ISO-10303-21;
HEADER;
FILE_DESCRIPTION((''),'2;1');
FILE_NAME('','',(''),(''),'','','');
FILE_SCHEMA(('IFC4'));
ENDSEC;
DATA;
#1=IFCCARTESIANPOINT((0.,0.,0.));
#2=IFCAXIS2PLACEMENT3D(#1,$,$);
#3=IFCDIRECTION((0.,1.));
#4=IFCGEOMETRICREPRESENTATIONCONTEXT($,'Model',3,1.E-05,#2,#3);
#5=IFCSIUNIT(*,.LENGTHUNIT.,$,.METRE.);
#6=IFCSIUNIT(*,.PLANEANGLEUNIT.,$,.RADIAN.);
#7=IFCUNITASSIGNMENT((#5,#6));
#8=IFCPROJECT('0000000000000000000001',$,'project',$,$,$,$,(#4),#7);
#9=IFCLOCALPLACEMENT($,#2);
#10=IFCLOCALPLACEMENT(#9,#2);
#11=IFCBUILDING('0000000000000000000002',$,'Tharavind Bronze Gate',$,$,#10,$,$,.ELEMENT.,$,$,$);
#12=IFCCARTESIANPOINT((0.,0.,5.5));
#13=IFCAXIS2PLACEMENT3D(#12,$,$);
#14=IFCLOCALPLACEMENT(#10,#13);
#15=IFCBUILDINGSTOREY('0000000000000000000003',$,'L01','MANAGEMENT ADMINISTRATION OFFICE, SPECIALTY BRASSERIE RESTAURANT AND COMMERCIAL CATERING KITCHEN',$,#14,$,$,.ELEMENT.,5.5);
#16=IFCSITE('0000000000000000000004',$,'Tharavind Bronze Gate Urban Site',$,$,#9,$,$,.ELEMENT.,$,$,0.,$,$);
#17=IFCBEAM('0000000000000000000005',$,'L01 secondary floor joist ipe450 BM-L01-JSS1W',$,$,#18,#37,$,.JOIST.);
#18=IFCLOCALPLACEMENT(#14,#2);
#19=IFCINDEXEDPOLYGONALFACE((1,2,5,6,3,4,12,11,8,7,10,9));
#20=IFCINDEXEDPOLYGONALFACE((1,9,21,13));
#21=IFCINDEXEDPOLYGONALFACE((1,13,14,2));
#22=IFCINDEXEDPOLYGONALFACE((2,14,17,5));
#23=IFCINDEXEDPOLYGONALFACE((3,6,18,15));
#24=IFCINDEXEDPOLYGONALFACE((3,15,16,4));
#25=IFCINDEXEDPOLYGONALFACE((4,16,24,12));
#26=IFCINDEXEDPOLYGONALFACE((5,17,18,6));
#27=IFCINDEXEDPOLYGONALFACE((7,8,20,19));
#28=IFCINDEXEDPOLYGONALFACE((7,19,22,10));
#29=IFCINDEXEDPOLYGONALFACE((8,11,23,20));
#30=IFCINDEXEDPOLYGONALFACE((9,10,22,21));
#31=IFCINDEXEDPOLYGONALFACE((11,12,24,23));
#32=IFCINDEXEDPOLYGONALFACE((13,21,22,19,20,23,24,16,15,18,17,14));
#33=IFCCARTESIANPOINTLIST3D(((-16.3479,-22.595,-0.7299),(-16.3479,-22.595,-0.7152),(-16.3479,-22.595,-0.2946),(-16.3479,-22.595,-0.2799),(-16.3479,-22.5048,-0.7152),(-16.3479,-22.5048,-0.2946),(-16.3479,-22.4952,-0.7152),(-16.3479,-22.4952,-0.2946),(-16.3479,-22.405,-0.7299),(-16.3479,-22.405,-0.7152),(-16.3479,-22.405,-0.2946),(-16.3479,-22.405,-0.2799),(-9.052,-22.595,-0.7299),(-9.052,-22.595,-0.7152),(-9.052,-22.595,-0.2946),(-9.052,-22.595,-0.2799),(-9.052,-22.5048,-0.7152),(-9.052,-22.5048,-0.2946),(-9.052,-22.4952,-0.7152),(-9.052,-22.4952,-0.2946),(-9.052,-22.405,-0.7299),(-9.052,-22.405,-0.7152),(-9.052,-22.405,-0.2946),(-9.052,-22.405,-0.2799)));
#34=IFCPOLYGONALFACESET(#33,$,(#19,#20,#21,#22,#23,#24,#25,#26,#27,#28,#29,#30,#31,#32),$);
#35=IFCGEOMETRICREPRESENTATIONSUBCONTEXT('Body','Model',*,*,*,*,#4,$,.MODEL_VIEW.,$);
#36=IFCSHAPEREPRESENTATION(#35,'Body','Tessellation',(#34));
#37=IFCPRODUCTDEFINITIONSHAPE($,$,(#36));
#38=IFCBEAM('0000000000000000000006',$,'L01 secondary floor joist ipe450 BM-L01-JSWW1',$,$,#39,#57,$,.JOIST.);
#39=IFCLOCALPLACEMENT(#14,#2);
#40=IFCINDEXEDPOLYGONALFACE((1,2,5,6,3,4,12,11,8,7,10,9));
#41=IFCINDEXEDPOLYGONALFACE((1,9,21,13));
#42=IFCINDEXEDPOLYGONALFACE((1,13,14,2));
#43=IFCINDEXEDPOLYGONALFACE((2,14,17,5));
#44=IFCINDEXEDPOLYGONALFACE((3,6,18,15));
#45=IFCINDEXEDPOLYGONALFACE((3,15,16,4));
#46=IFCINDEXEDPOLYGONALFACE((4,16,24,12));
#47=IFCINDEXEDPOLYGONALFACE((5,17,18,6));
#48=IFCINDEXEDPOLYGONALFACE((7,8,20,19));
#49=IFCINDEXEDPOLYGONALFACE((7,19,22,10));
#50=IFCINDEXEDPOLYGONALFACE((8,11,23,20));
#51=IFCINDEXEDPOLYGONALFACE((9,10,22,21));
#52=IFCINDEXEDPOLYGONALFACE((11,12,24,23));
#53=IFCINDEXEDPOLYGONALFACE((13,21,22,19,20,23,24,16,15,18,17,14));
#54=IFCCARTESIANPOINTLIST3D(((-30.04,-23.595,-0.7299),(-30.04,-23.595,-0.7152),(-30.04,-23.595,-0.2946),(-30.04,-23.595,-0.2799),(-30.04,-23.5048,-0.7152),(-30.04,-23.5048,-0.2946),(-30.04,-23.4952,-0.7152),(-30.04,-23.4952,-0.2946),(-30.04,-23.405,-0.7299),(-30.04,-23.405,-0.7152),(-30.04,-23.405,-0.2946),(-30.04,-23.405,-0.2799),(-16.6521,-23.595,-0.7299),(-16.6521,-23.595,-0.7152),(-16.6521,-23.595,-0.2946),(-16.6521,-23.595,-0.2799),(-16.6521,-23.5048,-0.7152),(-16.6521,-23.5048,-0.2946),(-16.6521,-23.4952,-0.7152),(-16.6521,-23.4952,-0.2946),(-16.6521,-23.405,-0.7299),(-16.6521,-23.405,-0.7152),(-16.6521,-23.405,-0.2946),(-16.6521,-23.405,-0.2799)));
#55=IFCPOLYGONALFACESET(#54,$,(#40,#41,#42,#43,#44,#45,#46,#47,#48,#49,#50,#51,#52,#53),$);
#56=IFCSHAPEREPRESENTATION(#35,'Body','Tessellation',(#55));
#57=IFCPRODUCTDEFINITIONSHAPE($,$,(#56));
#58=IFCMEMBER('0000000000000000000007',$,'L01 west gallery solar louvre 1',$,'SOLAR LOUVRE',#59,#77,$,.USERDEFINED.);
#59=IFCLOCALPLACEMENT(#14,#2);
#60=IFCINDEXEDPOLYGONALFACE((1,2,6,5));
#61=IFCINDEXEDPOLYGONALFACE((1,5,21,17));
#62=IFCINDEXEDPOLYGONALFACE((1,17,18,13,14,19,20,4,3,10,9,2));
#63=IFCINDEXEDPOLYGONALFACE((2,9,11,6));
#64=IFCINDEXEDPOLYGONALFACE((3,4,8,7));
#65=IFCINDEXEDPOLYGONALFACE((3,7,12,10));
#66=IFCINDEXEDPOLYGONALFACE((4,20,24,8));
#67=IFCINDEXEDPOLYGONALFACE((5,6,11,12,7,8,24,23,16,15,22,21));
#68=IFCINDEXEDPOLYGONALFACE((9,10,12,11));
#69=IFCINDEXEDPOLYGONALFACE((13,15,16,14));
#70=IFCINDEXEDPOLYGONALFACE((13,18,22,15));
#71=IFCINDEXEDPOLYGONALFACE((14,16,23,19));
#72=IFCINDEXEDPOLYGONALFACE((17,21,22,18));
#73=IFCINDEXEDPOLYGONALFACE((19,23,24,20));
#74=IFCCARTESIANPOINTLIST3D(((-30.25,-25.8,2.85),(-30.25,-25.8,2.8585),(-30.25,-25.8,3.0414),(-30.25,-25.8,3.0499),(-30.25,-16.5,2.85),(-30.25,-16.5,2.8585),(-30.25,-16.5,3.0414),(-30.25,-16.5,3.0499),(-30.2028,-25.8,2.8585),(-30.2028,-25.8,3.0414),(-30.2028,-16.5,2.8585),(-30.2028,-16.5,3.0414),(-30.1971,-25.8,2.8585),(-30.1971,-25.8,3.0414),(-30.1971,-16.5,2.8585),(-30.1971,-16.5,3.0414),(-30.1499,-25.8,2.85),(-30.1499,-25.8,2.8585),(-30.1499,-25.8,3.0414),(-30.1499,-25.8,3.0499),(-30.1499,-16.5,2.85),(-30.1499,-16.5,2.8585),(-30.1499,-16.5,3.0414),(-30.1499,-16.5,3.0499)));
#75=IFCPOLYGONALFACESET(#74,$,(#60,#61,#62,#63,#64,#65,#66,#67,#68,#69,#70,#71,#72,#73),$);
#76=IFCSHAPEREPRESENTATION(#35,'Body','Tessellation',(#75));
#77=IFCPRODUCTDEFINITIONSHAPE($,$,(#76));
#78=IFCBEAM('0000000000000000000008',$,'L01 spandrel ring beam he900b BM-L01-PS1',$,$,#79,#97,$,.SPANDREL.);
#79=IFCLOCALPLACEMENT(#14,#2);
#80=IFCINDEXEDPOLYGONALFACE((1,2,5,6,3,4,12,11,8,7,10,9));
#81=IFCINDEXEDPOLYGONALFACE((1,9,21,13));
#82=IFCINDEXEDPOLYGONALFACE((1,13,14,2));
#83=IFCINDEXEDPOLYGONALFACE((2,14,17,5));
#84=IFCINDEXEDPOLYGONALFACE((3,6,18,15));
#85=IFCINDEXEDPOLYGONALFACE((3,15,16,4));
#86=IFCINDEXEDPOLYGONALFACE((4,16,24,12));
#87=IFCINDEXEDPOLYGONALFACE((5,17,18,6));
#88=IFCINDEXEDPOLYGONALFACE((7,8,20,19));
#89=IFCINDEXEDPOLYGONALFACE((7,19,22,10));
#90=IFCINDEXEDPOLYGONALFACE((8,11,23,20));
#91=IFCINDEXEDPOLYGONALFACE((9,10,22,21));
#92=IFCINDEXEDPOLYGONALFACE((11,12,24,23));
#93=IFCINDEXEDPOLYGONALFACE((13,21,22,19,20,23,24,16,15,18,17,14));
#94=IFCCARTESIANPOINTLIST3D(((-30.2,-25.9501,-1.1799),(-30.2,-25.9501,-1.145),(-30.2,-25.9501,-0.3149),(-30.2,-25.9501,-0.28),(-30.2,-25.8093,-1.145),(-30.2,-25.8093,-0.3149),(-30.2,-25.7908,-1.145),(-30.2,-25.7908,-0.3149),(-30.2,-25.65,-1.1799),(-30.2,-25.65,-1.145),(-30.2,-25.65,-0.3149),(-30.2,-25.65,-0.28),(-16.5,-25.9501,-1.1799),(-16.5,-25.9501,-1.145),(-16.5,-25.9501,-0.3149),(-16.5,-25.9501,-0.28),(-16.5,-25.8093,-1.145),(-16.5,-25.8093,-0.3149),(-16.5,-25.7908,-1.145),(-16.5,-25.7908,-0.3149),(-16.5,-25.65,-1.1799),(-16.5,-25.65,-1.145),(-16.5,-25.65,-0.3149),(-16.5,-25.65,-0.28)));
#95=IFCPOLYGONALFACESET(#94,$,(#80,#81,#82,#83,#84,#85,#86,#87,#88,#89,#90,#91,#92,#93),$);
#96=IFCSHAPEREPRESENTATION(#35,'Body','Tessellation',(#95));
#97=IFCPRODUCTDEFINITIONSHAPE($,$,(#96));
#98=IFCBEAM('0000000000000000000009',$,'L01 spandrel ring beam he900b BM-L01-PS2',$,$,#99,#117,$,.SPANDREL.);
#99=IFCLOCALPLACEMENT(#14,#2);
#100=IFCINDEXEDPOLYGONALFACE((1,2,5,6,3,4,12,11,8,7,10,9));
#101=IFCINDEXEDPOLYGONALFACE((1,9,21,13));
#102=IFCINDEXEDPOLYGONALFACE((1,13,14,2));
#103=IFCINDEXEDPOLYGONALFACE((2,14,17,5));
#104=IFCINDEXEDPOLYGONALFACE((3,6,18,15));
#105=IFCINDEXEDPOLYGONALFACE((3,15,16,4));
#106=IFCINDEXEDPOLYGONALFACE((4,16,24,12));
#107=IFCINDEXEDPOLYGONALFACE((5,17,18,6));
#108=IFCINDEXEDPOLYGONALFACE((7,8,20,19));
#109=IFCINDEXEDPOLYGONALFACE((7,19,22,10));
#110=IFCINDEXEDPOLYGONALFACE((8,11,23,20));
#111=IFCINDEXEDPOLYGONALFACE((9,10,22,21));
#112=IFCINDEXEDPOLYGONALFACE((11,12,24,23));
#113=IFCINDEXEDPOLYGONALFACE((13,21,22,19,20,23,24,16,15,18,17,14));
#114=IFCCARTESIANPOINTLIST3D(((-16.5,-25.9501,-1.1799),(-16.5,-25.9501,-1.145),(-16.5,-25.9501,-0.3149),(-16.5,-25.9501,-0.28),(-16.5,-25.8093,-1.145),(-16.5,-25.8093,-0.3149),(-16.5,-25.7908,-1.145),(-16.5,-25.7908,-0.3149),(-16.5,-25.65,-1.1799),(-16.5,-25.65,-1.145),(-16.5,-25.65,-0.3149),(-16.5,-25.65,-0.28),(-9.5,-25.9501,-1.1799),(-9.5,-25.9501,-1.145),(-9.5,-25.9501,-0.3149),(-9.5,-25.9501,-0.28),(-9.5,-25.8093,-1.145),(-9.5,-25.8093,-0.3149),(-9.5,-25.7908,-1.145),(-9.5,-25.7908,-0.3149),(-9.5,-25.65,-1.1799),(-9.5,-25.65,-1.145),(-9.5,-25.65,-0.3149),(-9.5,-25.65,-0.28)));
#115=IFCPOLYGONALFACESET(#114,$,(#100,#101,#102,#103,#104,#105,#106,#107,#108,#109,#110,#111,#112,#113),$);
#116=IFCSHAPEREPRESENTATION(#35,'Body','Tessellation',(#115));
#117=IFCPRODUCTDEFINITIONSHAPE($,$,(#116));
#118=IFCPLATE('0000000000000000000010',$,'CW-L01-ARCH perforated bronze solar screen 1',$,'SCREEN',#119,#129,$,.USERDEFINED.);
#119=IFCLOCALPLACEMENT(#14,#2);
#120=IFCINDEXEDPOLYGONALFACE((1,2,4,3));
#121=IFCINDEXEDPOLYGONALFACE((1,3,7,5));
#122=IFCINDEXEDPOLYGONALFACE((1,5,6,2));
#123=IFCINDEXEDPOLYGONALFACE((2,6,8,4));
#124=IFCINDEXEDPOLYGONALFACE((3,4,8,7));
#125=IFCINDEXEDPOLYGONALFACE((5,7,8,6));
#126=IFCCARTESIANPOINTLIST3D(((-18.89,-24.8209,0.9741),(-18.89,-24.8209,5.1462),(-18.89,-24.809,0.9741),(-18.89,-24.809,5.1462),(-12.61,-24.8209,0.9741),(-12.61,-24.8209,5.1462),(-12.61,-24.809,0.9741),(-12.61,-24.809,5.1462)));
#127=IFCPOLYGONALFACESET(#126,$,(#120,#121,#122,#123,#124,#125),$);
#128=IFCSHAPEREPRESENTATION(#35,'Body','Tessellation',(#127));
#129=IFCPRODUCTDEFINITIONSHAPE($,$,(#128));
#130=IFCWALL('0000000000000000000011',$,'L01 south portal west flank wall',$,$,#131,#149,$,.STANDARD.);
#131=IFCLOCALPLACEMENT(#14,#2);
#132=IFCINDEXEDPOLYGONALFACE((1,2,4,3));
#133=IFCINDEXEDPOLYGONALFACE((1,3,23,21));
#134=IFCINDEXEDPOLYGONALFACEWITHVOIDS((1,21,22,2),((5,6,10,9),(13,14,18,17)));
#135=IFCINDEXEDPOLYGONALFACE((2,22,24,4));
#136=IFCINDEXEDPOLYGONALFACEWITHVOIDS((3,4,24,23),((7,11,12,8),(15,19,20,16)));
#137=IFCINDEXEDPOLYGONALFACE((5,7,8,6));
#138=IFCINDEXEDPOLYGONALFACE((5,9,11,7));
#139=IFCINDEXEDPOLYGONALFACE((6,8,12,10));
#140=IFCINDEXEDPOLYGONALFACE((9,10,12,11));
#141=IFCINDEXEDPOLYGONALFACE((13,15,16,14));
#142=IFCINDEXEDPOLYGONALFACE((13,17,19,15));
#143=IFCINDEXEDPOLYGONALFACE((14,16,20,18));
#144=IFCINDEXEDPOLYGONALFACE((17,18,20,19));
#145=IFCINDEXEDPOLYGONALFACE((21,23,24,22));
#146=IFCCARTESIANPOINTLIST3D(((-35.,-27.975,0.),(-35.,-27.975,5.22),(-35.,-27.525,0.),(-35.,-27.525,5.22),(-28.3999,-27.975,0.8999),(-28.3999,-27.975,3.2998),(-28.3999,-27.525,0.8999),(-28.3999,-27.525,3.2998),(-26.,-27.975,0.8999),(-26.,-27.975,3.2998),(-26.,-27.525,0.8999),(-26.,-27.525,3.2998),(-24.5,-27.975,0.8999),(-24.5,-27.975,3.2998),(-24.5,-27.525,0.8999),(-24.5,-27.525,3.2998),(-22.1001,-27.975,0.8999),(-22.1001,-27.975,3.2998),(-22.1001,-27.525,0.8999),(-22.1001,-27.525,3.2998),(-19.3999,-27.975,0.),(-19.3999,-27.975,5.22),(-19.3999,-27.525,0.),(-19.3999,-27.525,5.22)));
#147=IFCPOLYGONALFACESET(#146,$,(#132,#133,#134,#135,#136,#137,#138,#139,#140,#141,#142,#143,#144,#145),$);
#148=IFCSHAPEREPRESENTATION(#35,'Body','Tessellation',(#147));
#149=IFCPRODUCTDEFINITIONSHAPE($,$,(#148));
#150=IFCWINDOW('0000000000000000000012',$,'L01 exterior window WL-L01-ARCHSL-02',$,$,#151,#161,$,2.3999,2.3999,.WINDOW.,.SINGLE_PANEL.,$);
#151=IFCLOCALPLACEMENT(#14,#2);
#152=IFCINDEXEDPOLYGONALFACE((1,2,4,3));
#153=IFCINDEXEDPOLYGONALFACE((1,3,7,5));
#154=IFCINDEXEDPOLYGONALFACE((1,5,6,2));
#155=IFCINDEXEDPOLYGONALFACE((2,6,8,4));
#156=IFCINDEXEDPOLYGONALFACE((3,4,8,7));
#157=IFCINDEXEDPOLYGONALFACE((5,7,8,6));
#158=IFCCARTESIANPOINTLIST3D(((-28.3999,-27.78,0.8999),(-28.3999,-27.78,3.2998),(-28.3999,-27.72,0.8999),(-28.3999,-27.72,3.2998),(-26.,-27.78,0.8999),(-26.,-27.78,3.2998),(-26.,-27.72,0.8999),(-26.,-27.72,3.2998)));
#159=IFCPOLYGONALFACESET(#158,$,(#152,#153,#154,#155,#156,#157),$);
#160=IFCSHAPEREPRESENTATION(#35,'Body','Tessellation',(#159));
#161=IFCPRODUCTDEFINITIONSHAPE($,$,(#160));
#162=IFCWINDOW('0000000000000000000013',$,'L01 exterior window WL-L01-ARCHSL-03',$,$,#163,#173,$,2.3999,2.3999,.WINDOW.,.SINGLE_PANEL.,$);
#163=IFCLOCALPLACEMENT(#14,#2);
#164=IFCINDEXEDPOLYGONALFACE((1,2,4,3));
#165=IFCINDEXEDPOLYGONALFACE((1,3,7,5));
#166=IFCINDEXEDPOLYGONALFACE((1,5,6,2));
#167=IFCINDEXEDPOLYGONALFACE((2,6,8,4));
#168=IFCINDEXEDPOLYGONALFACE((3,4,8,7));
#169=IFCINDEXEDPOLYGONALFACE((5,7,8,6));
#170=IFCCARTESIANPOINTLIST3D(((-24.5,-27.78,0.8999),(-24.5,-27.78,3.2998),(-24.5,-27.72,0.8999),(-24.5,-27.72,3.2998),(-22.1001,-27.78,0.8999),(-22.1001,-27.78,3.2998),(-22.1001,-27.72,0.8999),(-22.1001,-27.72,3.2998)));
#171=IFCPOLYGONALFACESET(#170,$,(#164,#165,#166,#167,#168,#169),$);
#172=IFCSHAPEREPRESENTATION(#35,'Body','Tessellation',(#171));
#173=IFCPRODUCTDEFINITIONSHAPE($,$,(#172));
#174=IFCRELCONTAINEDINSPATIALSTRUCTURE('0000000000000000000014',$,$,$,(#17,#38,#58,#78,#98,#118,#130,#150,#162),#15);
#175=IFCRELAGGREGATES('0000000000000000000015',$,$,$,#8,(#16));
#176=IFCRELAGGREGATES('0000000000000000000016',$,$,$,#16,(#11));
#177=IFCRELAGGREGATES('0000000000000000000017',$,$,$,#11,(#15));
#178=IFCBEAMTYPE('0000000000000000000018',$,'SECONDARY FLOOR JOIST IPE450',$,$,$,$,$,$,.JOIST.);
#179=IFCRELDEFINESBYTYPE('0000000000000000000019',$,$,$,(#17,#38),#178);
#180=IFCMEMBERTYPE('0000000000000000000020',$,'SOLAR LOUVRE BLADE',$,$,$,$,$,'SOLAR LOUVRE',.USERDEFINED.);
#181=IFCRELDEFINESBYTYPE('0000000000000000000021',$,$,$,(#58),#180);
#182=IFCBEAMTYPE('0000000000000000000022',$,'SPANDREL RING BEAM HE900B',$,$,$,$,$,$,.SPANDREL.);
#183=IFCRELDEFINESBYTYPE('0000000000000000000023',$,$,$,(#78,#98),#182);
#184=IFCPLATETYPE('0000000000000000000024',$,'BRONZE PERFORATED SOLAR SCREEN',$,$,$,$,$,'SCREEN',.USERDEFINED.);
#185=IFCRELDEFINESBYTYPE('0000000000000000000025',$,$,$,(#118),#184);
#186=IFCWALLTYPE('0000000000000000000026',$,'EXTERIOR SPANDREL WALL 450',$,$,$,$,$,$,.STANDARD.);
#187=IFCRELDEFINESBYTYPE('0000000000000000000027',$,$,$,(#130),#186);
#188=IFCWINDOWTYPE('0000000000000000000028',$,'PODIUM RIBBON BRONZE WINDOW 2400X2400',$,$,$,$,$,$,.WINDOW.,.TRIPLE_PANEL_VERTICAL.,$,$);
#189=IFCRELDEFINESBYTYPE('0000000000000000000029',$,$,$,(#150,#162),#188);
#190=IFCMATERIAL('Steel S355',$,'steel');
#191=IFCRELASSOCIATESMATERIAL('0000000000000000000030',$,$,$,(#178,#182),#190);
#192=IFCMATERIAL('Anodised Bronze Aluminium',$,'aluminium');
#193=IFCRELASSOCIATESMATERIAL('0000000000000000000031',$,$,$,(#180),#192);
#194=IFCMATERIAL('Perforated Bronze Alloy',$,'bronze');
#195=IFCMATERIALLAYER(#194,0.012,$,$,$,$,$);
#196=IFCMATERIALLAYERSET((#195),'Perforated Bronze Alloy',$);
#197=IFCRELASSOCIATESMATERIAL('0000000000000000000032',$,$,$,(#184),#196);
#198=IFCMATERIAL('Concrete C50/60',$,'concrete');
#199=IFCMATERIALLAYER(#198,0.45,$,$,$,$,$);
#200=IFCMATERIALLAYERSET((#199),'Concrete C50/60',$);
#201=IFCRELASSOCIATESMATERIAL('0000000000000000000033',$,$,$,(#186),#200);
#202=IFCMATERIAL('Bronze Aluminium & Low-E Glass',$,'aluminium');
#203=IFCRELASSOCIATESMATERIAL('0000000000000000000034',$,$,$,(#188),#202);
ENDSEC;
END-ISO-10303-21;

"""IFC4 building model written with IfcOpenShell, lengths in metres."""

from ifc_helpers import new_model, si_unit, direction, frame, frame_2d, origin, origin_2d, place, context, subcontext, project, spatial, rectangle, i_section, extrude, material, layer, layer_set, material_profile, profile_set, type_object, element, fill, save


model = new_model("IFC4")

# Units and contexts
model_context = context("Model", 3, precision=1e-05, world=origin(), true_north=direction((0.0, 1.0)))
body_context = subcontext(model_context, "Body", "Model", "MODEL_VIEW")
ifc_project = project(units=[si_unit("LENGTHUNIT", "METRE"), si_unit("PLANEANGLEUNIT", "RADIAN")], contexts=[model_context])

# Site, building, storey
site_placement = place(None, origin())
site = spatial("IfcSite", under=ifc_project, at=site_placement, Name="Tharavind Bronze Gate Urban Site", CompositionType="ELEMENT", RefElevation=0.0)
building_placement = place(site_placement, origin())
building = spatial("IfcBuilding", under=site, at=building_placement, Name="Tharavind Bronze Gate", CompositionType="ELEMENT")
storey_placement = place(building_placement, frame((0.0, 0.0, 5.5)))
storey = spatial("IfcBuildingStorey", under=building, at=storey_placement, Name="L01", Description="MANAGEMENT ADMINISTRATION OFFICE, SPECIALTY BRASSERIE RESTAURANT AND COMMERCIAL CATERING KITCHEN", CompositionType="ELEMENT", Elevation=5.5)

# Shared definitions
ifc_material_1 = material(Name="Anodised Bronze Aluminium", Category="aluminium")

# Beams
ifc_material_2 = material(Name="Steel S355", Category="steel")
ifc_material_profile_1 = material_profile(ifc_material_2, i_section(OverallWidth=0.1899, OverallDepth=0.45, WebThickness=0.0095, FlangeThickness=0.0146, at=origin_2d()), Name="IPE450")
ifc_profile_set_1 = profile_set([ifc_material_profile_1], Name="Steel S355")
beam_type_1 = type_object("IfcBeamType", Name="SECONDARY FLOOR JOIST IPE450", PredefinedType="JOIST", material=ifc_profile_set_1)
beam_1_placement = place(storey_placement, frame((-16.3479, -22.5, -0.5049), z_axis=(1.0, 0.0, 0.0), x_axis=(0.0, 1.0, 0.0)))
element("IfcBeam", 1, at=beam_1_placement, inside=storey, type_object=beam_type_1, Name="L01 secondary floor joist ipe450 BM-L01-JSS1W", PredefinedType="JOIST", context=body_context, shape_type="SweptSolid", body=[
    extrude(i_section(OverallWidth=0.1899, OverallDepth=0.45, WebThickness=0.0095, FlangeThickness=0.0146, at=origin_2d()), origin(), (0.0, 0.0, 1.0), 7.2959),
])
beam_2_placement = place(storey_placement, frame((-30.04, -23.5, -0.5049), z_axis=(1.0, 0.0, 0.0), x_axis=(0.0, 1.0, 0.0)))
element("IfcBeam", 2, at=beam_2_placement, inside=storey, type_object=beam_type_1, Name="L01 secondary floor joist ipe450 BM-L01-JSWW1", PredefinedType="JOIST", context=body_context, shape_type="SweptSolid", body=[
    extrude(i_section(OverallWidth=0.1899, OverallDepth=0.45, WebThickness=0.0095, FlangeThickness=0.0146, at=origin_2d()), origin(), (0.0, 0.0, 1.0), 13.3879),
])

# Member
ifc_material_profile_2 = material_profile(ifc_material_1, i_section(OverallWidth=0.1001, OverallDepth=0.2, WebThickness=0.0056, FlangeThickness=0.0085, at=origin_2d()), Name="IPE200")
ifc_profile_set_2 = profile_set([ifc_material_profile_2], Name="Anodised Bronze Aluminium")
member_type_1 = type_object("IfcMemberType", Name="SOLAR LOUVRE BLADE", ElementType="SOLAR LOUVRE", PredefinedType="USERDEFINED", material=ifc_profile_set_2)
member_1_placement = place(storey_placement, frame((-30.2, -25.8, 2.95), z_axis=(0.0, 1.0, 0.0), x_axis=(-1.0, 0.0, 0.0)))
element("IfcMember", 3, at=member_1_placement, inside=storey, type_object=member_type_1, Name="L01 west gallery solar louvre 1", ObjectType="SOLAR LOUVRE", PredefinedType="USERDEFINED", context=body_context, shape_type="SweptSolid", body=[
    extrude(i_section(OverallWidth=0.1001, OverallDepth=0.2, WebThickness=0.0056, FlangeThickness=0.0085, at=origin_2d()), origin(), (0.0, 0.0, 1.0), 9.3),
])

# Beams
ifc_material_profile_3 = material_profile(ifc_material_2, i_section(OverallWidth=0.3, OverallDepth=0.8999, WebThickness=0.0186, FlangeThickness=0.0349, at=origin_2d()), Name="HE900B")
ifc_profile_set_3 = profile_set([ifc_material_profile_3], Name="Steel S355")
beam_type_2 = type_object("IfcBeamType", Name="SPANDREL RING BEAM HE900B", PredefinedType="SPANDREL", material=ifc_profile_set_3)
beam_3_placement = place(storey_placement, frame((-30.2, -25.8, -0.73), z_axis=(1.0, 0.0, 0.0), x_axis=(0.0, 1.0, 0.0)))
element("IfcBeam", 4, at=beam_3_placement, inside=storey, type_object=beam_type_2, Name="L01 spandrel ring beam he900b BM-L01-PS1", PredefinedType="SPANDREL", context=body_context, shape_type="SweptSolid", body=[
    extrude(i_section(OverallWidth=0.3, OverallDepth=0.8999, WebThickness=0.0186, FlangeThickness=0.0349, at=origin_2d()), origin(), (0.0, 0.0, 1.0), 13.7),
])
beam_4_placement = place(storey_placement, frame((-16.5, -25.8, -0.73), z_axis=(1.0, 0.0, 0.0), x_axis=(0.0, 1.0, 0.0)))
element("IfcBeam", 5, at=beam_4_placement, inside=storey, type_object=beam_type_2, Name="L01 spandrel ring beam he900b BM-L01-PS2", PredefinedType="SPANDREL", context=body_context, shape_type="SweptSolid", body=[
    extrude(i_section(OverallWidth=0.3, OverallDepth=0.8999, WebThickness=0.0186, FlangeThickness=0.0349, at=origin_2d()), origin(), (0.0, 0.0, 1.0), 7.0),
])

# Plate
ifc_material_3 = material(Name="Perforated Bronze Alloy", Category="bronze")
ifc_layer_1 = layer(ifc_material_3, 0.012)
ifc_layer_set_1 = layer_set([ifc_layer_1], Name="Perforated Bronze Alloy")
plate_type = type_object("IfcPlateType", Name="BRONZE PERFORATED SOLAR SCREEN", ElementType="SCREEN", PredefinedType="USERDEFINED", material=ifc_layer_set_1)
plate_placement = place(storey_placement, frame((-15.75, -24.8149, 0.9741), z_axis=(0.0, 0.0, 1.0), x_axis=(1.0, 0.0, 0.0)))
element("IfcPlate", 6, at=plate_placement, inside=storey, type_object=plate_type, Name="CW-L01-ARCH perforated bronze solar screen 1", ObjectType="SCREEN", PredefinedType="USERDEFINED", context=body_context, shape_type="SweptSolid", body=[
    extrude(rectangle(XDim=6.28, YDim=0.012, at=origin_2d()), origin(), (0.0, 0.0, 1.0), 4.1721),
])

# Wall, openings, windows
ifc_material_4 = material(Name="Concrete C50/60", Category="concrete")
ifc_layer_2 = layer(ifc_material_4, 0.45)
ifc_layer_set_2 = layer_set([ifc_layer_2], Name="Concrete C50/60")
wall_type_1 = type_object("IfcWallType", Name="EXTERIOR SPANDREL WALL 450", PredefinedType="STANDARD", material=ifc_layer_set_2)
wall_1_placement = place(storey_placement, frame((-35.0, -27.75, 0.0), z_axis=(0.0, 0.0, 1.0), x_axis=(1.0, 0.0, 0.0)))
wall_1 = element("IfcWall", 7, at=wall_1_placement, inside=storey, type_object=wall_type_1, Name="L01 south portal west flank wall", PredefinedType="STANDARD", context=body_context, shape_type="SweptSolid", body=[
    extrude(rectangle(XDim=15.6001, YDim=0.45, at=frame_2d((7.8, 0.0))), origin(), (0.0, 0.0, 1.0), 5.22),
])
opening_1_placement = place(wall_1_placement, frame((6.6001, 0.0, 0.8999)))
opening_1 = element("IfcOpeningElement", 8, at=opening_1_placement, cuts=wall_1, PredefinedType="OPENING", context=body_context, shape_type="SweptSolid", body=[
    extrude(rectangle(XDim=2.3999, YDim=2.3999, at=frame_2d((1.2, 1.2))), frame((0.0, 0.2351, 0.0), z_axis=(0.0, -1.0, 0.0), x_axis=(1.0, 0.0, 0.0)), (0.0, 0.0, 1.0), 0.47),
])
opening_2_placement = place(wall_1_placement, frame((10.5, 0.0, 0.8999)))
opening_2 = element("IfcOpeningElement", 9, at=opening_2_placement, cuts=wall_1, PredefinedType="OPENING", context=body_context, shape_type="SweptSolid", body=[
    extrude(rectangle(XDim=2.3999, YDim=2.3999, at=frame_2d((1.2, 1.2))), frame((0.0, 0.2351, 0.0), z_axis=(0.0, -1.0, 0.0), x_axis=(1.0, 0.0, 0.0)), (0.0, 0.0, 1.0), 0.47),
])
ifc_material_5 = material(Name="Bronze Aluminium & Low-E Glass", Category="aluminium")
window_type = type_object("IfcWindowType", Name="PODIUM RIBBON BRONZE WINDOW 2400X2400", PartitioningType="TRIPLE_PANEL_VERTICAL", PredefinedType="WINDOW", material=ifc_material_5)
window_1_placement = place(opening_1_placement, origin())
window_1 = element("IfcWindow", 10, at=window_1_placement, inside=storey, type_object=window_type, Name="L01 exterior window WL-L01-ARCHSL-02", OverallHeight=2.3999, OverallWidth=2.3999, PartitioningType="SINGLE_PANEL", PredefinedType="WINDOW", context=body_context, shape_type="SweptSolid", body=[
    extrude(rectangle(XDim=2.3999, YDim=2.3999, at=frame_2d((1.2, 1.2))), frame((0.0, 0.03, 0.0), z_axis=(0.0, -1.0, 0.0), x_axis=(1.0, 0.0, 0.0)), (0.0, 0.0, 1.0), 0.0601),
])
fill(opening_1, window_1)
window_2_placement = place(opening_2_placement, origin())
window_2 = element("IfcWindow", 11, at=window_2_placement, inside=storey, type_object=window_type, Name="L01 exterior window WL-L01-ARCHSL-03", OverallHeight=2.3999, OverallWidth=2.3999, PartitioningType="SINGLE_PANEL", PredefinedType="WINDOW", context=body_context, shape_type="SweptSolid", body=[
    extrude(rectangle(XDim=2.3999, YDim=2.3999, at=frame_2d((1.2, 1.2))), frame((0.0, 0.03, 0.0), z_axis=(0.0, -1.0, 0.0), x_axis=(1.0, 0.0, 0.0)), (0.0, 0.0, 1.0), 0.0601),
])
fill(opening_2, window_2)

save(model, "model.ifc")
